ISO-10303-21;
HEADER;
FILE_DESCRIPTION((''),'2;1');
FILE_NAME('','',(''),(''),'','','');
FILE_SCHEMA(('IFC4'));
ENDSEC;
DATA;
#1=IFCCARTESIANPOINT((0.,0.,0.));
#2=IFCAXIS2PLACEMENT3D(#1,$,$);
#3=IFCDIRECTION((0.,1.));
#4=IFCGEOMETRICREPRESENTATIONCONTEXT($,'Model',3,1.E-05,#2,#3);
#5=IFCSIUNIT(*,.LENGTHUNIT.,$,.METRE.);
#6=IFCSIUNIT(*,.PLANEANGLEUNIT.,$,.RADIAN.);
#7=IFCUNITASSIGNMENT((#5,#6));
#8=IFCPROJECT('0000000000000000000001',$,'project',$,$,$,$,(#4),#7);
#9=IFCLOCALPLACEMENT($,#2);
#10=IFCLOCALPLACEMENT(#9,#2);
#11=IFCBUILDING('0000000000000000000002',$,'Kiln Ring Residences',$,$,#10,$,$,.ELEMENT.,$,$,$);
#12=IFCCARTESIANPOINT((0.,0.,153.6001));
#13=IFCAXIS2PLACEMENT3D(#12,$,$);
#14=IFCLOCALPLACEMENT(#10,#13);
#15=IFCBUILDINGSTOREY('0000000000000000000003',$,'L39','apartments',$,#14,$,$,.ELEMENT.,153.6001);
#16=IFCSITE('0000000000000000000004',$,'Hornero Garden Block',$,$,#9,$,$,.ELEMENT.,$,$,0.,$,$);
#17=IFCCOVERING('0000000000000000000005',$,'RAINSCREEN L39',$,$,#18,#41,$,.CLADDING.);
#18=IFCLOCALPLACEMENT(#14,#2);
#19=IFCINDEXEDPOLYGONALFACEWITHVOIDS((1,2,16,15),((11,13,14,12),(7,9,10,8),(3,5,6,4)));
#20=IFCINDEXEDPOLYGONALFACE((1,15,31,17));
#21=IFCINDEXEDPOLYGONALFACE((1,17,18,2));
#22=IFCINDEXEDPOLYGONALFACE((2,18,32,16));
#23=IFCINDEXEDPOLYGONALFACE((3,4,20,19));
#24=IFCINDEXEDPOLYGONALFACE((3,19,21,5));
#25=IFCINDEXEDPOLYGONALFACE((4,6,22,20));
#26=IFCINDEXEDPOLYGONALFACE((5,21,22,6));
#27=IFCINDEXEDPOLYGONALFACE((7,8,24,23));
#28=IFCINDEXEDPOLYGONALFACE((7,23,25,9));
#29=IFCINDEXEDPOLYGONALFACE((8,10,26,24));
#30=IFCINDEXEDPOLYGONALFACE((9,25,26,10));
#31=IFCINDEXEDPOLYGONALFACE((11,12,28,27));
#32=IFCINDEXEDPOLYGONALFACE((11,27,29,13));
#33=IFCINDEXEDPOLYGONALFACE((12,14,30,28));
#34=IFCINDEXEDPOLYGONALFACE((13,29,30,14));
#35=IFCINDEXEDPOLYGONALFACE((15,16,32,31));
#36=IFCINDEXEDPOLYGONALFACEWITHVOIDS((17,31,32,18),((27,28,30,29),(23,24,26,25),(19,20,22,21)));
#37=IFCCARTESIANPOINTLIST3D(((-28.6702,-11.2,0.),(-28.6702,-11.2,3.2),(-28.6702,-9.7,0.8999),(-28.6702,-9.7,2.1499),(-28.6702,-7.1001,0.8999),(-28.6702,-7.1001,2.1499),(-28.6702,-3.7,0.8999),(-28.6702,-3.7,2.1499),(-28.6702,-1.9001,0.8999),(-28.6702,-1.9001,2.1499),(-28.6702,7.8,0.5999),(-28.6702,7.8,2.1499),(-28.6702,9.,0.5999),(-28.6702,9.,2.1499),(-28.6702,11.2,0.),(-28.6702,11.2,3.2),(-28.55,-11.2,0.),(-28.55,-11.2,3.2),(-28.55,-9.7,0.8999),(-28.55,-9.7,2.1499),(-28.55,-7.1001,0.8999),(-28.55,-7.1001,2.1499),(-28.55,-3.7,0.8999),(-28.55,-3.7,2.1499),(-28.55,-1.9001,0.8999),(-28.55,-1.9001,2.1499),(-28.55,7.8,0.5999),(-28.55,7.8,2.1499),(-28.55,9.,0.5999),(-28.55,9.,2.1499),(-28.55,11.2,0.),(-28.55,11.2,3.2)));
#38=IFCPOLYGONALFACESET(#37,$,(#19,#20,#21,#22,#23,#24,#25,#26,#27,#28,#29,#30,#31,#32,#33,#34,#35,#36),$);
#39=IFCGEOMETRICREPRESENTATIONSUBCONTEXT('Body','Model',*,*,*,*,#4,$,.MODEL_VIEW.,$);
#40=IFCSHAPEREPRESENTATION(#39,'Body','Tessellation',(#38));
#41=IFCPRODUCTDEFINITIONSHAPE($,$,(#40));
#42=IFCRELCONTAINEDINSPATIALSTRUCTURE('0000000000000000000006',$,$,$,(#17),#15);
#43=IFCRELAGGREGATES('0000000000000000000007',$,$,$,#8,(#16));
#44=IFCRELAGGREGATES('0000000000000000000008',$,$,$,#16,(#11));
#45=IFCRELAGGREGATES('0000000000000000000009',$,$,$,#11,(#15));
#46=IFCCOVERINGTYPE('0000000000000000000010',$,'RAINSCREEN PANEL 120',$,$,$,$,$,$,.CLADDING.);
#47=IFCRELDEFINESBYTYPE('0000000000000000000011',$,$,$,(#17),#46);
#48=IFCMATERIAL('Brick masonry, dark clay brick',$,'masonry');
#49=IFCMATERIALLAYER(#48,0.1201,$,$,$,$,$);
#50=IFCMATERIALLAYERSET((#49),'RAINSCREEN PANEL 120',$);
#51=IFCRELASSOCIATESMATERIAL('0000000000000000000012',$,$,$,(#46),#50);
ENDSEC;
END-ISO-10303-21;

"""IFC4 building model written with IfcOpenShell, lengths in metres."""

from ifc_helpers import new_model, si_unit, direction, frame, origin, place, context, subcontext, project, spatial, polyline, outline, extrude, material, layer, layer_set, type_object, element, save


model = new_model("IFC4")

# Units and contexts
model_context = context("Model", 3, precision=1e-05, world=origin(), true_north=direction((0.0, 1.0)))
body_context = subcontext(model_context, "Body", "Model", "MODEL_VIEW")
ifc_project = project(units=[si_unit("LENGTHUNIT", "METRE"), si_unit("PLANEANGLEUNIT", "RADIAN")], contexts=[model_context])

# Site, building, storey
site_placement = place(None, origin())
site = spatial("IfcSite", under=ifc_project, at=site_placement, Name="Hornero Garden Block", CompositionType="ELEMENT", RefElevation=0.0)
building_placement = place(site_placement, origin())
building = spatial("IfcBuilding", under=site, at=building_placement, Name="Kiln Ring Residences", CompositionType="ELEMENT")
storey_placement = place(building_placement, frame((0.0, 0.0, 153.6001)))
storey = spatial("IfcBuildingStorey", under=building, at=storey_placement, Name="L39", Description="apartments", CompositionType="ELEMENT", Elevation=153.6001)

# Covering
ifc_material_1 = material(Name="Brick masonry, dark clay brick", Category="masonry")
ifc_layer_1 = layer(ifc_material_1, 0.1201)
ifc_layer_set_1 = layer_set([ifc_layer_1], Name="RAINSCREEN PANEL 120")
covering_type = type_object("IfcCoveringType", Name="RAINSCREEN PANEL 120", PredefinedType="CLADDING", material=ifc_layer_set_1)
covering_placement = place(storey_placement, frame((-28.6101, 11.2, 0.0), z_axis=(0.0, 0.0, 1.0), x_axis=(0.0, -1.0, 0.0)))
element("IfcCovering", 1, at=covering_placement, inside=storey, type_object=covering_type, Name="RAINSCREEN L39", PredefinedType="CLADDING", context=body_context, shape_type="SweptSolid", body=[
    extrude(outline(polyline([(0.0, 0.0), (22.3999, 0.0), (22.3999, 3.2), (0.0, 3.2), (0.0, 0.0)]), holes=[polyline([(3.3999, 2.1499), (2.2, 2.1499), (2.2, 0.5999), (3.3999, 0.5999), (3.3999, 2.1499)]), polyline([(14.8999, 0.8999), (14.8999, 2.1499), (13.1001, 2.1499), (13.1001, 0.8999), (14.8999, 0.8999)]), polyline([(20.8999, 0.8999), (20.8999, 2.1499), (18.3, 2.1499), (18.3, 0.8999), (20.8999, 0.8999)])]), frame((0.0, 0.0601, 0.0), z_axis=(0.0, -1.0, 0.0), x_axis=(1.0, 0.0, 0.0)), (0.0, 0.0, 1.0), 0.1201),
])

save(model, "model.ifc")
